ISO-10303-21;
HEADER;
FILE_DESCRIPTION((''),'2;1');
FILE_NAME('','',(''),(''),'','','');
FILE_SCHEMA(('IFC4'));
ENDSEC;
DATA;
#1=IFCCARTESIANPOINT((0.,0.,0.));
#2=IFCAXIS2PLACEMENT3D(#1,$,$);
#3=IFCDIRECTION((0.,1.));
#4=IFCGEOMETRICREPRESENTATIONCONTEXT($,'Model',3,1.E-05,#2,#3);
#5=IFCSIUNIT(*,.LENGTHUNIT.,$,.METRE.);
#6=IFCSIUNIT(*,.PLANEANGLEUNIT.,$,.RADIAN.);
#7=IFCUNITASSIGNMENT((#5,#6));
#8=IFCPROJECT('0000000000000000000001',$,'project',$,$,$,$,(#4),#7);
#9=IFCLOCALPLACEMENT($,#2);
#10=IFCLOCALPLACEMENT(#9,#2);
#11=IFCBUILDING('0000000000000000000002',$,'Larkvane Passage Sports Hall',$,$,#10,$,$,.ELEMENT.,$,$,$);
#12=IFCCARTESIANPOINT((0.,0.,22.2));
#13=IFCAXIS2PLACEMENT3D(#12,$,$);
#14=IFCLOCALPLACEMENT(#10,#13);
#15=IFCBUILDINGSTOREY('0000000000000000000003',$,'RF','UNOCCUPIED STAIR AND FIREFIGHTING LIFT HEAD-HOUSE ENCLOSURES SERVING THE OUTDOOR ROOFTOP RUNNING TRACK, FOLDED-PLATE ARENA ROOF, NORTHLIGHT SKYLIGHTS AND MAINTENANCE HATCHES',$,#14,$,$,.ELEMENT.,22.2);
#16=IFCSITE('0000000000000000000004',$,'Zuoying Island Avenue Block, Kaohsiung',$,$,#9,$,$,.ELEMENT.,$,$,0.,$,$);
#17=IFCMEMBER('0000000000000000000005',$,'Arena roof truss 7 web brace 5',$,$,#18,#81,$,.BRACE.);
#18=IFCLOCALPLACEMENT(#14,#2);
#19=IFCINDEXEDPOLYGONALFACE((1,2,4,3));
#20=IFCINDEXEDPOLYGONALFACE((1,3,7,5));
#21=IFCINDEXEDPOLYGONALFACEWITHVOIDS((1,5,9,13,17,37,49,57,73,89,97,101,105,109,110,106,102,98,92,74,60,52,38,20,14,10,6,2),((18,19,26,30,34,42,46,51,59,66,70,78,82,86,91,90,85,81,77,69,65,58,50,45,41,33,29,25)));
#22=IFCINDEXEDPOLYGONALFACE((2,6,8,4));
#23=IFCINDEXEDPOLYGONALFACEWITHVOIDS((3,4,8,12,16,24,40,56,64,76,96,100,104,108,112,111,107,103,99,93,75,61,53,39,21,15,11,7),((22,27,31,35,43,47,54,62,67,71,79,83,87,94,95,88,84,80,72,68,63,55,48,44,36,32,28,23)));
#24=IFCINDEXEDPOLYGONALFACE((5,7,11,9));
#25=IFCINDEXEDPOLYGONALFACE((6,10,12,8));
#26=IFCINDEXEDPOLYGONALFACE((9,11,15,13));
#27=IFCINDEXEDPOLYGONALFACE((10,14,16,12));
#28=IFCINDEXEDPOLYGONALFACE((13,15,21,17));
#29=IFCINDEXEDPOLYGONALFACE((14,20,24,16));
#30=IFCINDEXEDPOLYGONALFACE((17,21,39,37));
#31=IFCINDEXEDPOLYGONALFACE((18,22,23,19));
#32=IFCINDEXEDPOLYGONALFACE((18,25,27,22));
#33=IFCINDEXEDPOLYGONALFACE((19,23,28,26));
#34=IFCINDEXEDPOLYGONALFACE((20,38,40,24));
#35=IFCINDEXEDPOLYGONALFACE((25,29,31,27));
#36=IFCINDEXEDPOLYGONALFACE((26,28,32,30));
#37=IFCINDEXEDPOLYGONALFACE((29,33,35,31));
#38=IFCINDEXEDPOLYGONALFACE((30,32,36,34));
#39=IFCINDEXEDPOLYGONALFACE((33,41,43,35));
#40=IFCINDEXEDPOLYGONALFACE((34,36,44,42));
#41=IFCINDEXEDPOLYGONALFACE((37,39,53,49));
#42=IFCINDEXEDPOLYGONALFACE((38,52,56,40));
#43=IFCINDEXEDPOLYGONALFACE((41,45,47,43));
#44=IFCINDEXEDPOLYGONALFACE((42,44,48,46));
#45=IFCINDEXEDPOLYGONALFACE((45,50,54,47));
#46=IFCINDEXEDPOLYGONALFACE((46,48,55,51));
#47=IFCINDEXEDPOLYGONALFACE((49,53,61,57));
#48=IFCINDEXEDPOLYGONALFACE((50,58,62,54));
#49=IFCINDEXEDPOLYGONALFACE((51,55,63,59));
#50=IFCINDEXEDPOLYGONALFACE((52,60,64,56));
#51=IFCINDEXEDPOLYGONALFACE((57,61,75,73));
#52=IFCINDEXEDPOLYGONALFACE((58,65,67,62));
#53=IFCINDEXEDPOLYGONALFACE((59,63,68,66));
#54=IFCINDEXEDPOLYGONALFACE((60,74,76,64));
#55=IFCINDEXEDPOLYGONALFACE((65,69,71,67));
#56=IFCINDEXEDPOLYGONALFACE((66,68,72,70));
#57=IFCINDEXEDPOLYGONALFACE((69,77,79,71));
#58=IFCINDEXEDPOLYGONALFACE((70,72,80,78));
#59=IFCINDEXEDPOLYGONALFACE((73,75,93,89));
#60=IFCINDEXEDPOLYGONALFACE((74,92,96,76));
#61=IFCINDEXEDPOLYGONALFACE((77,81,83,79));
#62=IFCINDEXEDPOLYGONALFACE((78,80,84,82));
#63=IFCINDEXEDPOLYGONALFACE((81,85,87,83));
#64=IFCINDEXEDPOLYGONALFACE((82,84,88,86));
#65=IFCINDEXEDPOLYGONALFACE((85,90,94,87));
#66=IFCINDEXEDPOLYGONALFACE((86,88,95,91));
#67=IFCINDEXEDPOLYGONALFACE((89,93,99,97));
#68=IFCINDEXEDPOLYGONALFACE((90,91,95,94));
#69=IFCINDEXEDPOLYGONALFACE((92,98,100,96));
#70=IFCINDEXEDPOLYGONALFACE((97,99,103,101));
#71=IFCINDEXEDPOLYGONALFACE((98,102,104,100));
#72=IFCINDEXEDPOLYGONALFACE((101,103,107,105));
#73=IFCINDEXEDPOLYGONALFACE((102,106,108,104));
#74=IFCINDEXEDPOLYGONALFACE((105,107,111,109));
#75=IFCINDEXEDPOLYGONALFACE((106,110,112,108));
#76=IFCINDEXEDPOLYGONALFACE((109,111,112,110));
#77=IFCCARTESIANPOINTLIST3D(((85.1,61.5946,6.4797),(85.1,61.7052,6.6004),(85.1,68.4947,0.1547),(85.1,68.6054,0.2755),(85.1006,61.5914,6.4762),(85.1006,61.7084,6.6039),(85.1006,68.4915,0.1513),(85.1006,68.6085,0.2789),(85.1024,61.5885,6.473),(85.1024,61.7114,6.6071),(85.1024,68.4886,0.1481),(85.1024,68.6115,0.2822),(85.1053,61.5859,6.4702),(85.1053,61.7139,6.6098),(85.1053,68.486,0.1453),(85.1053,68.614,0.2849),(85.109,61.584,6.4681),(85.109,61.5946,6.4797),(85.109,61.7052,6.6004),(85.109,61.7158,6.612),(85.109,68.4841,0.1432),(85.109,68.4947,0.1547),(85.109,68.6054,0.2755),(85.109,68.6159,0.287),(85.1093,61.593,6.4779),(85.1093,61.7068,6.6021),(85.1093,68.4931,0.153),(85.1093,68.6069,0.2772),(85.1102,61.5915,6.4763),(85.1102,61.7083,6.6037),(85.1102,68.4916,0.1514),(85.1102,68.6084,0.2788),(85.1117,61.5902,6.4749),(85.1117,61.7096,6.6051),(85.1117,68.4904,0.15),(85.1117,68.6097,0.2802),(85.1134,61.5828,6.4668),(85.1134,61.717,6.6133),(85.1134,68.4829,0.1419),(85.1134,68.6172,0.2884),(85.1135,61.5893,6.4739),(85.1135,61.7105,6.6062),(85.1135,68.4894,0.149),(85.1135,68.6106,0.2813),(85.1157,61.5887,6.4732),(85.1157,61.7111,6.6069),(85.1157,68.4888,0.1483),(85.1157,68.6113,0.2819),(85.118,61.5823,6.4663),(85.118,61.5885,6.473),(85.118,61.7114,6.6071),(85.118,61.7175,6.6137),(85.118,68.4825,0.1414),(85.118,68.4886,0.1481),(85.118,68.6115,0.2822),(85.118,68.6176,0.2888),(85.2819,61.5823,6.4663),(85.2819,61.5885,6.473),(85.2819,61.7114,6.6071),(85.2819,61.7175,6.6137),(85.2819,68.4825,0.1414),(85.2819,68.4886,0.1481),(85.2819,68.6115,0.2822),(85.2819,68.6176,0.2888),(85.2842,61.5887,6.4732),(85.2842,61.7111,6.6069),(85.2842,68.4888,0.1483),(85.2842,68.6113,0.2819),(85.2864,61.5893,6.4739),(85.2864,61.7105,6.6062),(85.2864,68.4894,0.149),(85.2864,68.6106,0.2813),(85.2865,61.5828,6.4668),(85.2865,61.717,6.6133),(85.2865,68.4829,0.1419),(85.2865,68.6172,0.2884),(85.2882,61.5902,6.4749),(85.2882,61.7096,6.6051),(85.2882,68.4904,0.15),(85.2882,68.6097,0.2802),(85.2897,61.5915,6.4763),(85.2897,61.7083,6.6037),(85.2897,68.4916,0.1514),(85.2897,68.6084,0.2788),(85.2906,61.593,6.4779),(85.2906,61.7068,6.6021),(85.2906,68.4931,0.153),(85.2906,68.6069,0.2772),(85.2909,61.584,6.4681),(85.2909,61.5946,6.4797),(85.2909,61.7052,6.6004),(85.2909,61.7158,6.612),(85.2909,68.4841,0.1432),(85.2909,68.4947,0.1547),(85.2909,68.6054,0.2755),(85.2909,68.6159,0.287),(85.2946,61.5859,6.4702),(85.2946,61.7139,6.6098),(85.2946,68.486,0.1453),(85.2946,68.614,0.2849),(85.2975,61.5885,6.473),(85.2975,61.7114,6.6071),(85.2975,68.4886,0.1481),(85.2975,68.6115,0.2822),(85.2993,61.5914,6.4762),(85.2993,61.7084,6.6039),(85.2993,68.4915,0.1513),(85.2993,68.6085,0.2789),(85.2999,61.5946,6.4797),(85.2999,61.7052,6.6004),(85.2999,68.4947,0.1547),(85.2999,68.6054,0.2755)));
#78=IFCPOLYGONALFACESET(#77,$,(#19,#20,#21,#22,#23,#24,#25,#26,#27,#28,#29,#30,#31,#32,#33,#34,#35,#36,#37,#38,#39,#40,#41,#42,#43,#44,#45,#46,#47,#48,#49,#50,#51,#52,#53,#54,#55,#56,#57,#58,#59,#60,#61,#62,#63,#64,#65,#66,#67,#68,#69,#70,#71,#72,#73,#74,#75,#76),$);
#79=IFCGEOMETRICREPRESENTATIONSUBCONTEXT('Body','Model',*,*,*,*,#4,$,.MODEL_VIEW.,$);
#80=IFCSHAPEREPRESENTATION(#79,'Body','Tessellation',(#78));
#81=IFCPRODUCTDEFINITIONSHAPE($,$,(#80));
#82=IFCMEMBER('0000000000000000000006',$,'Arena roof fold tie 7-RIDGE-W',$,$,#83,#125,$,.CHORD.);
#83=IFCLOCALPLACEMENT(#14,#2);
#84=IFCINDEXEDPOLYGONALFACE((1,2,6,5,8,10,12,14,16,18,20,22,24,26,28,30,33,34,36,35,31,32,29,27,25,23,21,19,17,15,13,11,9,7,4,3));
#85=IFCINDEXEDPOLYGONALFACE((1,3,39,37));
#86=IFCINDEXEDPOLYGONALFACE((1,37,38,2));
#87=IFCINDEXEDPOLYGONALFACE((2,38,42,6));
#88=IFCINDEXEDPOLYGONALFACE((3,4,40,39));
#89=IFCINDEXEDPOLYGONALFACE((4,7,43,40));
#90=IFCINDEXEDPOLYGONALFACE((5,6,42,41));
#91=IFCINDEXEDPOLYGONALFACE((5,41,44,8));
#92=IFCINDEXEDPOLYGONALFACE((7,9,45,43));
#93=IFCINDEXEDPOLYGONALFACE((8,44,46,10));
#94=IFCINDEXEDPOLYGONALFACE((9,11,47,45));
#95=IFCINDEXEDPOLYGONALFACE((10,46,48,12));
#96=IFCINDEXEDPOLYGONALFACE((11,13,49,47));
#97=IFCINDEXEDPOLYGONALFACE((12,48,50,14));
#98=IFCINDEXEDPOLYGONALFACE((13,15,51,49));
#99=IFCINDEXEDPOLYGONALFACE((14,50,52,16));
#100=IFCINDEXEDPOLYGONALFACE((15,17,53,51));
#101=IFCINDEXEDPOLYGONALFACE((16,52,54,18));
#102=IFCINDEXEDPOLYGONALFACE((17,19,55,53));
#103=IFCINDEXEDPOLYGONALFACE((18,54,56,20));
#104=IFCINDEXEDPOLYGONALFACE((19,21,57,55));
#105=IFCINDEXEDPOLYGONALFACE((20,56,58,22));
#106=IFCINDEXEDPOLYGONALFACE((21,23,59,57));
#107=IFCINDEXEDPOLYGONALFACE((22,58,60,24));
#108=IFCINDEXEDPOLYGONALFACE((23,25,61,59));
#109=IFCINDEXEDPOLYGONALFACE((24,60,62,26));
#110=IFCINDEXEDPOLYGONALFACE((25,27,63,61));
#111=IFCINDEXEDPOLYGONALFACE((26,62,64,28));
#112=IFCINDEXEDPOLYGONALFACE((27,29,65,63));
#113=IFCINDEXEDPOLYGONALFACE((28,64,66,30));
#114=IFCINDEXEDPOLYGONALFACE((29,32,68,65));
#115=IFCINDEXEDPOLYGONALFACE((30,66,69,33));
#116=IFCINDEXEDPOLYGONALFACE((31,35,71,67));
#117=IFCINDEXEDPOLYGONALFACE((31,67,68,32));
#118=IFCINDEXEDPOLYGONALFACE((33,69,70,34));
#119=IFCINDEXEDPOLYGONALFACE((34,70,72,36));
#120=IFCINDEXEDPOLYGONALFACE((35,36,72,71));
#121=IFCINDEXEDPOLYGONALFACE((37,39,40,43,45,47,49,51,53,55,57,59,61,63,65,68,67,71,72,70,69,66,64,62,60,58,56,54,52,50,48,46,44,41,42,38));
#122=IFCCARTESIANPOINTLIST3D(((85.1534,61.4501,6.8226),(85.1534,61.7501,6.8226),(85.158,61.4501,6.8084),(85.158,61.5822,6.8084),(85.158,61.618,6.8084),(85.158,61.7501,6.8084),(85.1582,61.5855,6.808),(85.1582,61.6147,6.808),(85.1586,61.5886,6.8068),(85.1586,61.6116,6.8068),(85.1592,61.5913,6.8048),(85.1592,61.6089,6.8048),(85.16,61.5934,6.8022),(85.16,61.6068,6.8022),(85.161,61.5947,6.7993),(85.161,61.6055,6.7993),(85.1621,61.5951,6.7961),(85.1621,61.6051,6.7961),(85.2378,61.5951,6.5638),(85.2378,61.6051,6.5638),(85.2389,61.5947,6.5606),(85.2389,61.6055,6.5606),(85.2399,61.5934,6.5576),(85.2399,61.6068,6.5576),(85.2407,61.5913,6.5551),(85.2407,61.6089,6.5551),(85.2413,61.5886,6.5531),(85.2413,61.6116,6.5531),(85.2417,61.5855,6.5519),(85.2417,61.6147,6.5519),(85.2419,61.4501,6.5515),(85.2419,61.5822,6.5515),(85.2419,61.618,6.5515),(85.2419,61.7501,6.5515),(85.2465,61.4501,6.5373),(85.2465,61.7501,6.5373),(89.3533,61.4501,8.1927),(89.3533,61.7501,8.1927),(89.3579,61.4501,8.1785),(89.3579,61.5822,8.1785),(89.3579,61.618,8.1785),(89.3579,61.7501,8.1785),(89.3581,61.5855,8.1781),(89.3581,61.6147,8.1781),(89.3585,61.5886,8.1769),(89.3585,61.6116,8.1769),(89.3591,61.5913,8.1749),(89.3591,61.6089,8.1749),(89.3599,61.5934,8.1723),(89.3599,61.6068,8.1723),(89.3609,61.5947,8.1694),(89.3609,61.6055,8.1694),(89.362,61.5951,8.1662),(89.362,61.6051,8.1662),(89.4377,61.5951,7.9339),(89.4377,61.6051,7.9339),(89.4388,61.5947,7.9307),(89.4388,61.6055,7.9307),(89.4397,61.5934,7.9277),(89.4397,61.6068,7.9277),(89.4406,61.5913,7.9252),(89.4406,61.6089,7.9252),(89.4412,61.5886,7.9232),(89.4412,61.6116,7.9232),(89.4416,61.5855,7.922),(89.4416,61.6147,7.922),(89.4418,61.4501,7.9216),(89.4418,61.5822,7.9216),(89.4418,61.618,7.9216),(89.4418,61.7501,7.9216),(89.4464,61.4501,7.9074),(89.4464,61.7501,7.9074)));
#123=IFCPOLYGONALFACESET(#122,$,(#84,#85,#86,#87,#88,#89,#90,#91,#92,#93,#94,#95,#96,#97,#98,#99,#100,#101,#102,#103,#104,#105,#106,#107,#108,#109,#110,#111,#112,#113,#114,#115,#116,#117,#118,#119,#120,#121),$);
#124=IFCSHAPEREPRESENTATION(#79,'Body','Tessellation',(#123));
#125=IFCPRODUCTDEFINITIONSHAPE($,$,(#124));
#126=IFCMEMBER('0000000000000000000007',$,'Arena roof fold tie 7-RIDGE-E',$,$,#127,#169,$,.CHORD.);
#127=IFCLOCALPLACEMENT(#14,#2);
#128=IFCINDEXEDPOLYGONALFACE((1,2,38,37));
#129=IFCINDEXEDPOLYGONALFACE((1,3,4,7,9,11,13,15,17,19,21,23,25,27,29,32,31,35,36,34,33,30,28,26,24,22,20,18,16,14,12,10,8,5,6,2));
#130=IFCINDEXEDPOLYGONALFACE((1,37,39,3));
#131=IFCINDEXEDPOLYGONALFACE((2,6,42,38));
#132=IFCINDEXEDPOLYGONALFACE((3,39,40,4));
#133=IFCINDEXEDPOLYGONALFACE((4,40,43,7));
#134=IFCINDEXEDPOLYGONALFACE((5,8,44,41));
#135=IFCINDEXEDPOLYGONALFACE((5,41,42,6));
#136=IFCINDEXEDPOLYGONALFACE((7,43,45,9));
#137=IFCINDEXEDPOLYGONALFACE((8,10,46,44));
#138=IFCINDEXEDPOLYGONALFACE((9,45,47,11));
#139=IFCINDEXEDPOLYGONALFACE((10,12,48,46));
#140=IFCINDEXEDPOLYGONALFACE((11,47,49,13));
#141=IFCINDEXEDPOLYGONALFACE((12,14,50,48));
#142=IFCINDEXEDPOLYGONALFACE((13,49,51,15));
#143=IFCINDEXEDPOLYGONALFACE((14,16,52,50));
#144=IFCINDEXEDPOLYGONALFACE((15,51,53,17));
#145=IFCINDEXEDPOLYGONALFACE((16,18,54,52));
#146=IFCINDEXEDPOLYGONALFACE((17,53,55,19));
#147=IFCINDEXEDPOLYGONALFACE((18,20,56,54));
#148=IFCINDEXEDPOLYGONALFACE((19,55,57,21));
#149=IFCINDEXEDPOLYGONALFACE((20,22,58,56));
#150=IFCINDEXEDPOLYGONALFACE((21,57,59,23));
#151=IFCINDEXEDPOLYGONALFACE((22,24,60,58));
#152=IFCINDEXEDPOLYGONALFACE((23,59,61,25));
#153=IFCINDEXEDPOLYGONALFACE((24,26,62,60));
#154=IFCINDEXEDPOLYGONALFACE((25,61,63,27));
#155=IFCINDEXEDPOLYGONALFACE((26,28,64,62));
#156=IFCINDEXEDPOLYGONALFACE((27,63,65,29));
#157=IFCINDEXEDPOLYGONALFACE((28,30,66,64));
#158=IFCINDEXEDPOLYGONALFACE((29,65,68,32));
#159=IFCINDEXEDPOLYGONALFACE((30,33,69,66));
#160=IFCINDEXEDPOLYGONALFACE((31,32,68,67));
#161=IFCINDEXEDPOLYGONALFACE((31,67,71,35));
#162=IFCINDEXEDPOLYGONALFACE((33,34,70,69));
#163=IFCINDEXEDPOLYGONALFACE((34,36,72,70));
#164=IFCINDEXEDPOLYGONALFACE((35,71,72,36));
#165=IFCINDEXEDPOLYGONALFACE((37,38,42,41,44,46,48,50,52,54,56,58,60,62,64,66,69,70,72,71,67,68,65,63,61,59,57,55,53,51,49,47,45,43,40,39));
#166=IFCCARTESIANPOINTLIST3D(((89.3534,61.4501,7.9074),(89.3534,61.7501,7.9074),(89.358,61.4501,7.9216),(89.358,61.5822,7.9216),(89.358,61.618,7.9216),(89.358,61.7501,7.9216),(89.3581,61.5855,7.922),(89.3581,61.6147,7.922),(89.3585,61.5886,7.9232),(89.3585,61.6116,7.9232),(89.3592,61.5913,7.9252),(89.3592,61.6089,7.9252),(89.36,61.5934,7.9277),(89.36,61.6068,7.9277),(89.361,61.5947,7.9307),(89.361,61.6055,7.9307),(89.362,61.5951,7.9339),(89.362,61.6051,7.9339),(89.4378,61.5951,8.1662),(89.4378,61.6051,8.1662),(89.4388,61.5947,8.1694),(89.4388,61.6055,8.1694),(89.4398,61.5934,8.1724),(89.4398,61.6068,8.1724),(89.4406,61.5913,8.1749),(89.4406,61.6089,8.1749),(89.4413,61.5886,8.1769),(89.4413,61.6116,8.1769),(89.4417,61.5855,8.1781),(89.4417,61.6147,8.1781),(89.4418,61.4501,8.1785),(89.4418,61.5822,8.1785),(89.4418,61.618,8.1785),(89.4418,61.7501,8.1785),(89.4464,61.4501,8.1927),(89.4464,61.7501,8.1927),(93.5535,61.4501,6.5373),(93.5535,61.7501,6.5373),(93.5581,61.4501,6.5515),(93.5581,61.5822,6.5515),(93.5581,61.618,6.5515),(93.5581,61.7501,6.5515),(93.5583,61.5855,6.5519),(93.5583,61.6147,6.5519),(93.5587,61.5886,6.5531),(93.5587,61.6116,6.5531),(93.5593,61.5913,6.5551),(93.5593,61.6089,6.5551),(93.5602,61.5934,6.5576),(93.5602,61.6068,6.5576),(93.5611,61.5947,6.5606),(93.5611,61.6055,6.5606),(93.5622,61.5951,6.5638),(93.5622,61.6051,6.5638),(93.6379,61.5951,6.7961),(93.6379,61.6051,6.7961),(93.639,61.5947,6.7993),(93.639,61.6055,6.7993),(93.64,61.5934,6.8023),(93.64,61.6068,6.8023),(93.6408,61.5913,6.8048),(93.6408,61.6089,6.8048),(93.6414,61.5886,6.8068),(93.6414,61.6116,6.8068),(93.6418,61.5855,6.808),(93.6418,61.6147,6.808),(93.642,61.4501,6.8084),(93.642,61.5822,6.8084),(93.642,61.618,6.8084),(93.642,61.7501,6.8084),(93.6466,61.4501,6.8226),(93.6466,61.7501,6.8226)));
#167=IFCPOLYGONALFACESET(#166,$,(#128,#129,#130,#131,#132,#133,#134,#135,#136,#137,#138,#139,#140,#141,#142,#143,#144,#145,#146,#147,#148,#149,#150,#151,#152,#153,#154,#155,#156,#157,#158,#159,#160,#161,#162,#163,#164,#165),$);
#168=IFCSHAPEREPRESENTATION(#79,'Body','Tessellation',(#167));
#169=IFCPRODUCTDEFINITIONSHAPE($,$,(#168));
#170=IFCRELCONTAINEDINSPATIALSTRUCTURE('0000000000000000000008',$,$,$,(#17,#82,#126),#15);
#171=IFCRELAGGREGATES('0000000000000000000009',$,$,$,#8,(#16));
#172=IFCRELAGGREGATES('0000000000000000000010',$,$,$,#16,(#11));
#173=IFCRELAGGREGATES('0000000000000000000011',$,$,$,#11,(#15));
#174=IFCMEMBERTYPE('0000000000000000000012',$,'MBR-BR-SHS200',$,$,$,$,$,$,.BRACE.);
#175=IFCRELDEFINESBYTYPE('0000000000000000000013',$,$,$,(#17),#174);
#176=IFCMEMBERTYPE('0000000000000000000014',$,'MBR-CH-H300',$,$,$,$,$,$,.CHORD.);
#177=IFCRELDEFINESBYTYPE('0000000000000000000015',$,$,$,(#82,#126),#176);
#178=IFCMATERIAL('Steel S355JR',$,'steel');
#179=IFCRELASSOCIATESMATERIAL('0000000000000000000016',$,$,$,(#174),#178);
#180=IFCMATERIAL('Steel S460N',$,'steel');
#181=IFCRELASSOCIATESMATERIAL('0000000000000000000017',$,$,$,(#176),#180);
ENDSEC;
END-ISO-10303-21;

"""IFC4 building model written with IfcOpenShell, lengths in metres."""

from ifc_helpers import new_model, si_unit, direction, frame, origin, origin_2d, place, context, subcontext, project, spatial, hollow_rectangle, i_section, extrude, material, material_profile, profile_set, type_object, element, save


model = new_model("IFC4")

# Units and contexts
model_context = context("Model", 3, precision=1e-05, world=origin(), true_north=direction((0.0, 1.0)))
body_context = subcontext(model_context, "Body", "Model", "MODEL_VIEW")
ifc_project = project(units=[si_unit("LENGTHUNIT", "METRE"), si_unit("PLANEANGLEUNIT", "RADIAN")], contexts=[model_context])

# Site, building, storey
site_placement = place(None, origin())
site = spatial("IfcSite", under=ifc_project, at=site_placement, Name="Zuoying Island Avenue Block, Kaohsiung", CompositionType="ELEMENT", RefElevation=0.0)
building_placement = place(site_placement, origin())
building = spatial("IfcBuilding", under=site, at=building_placement, Name="Larkvane Passage Sports Hall", CompositionType="ELEMENT")
storey_placement = place(building_placement, frame((0.0, 0.0, 22.2)))
storey = spatial("IfcBuildingStorey", under=building, at=storey_placement, Name="RF", Description="UNOCCUPIED STAIR AND FIREFIGHTING LIFT HEAD-HOUSE ENCLOSURES SERVING THE OUTDOOR ROOFTOP RUNNING TRACK, FOLDED-PLATE ARENA ROOF, NORTHLIGHT SKYLIGHTS AND MAINTENANCE HATCHES", CompositionType="ELEMENT", Elevation=22.2)

# Members
ifc_material_1 = material(Name="Steel S355JR", Category="steel")
ifc_material_profile_1 = material_profile(ifc_material_1, hollow_rectangle(XDim=0.2, YDim=0.2, WallThickness=0.009, InnerFilletRadius=0.009, OuterFilletRadius=0.0181, at=origin_2d()), Name="SHS-200x200x9")
ifc_profile_set_1 = profile_set([ifc_material_profile_1], Name="Steel S355JR")
member_type_1 = type_object("IfcMemberType", Name="MBR-BR-SHS200", PredefinedType="BRACE", material=ifc_profile_set_1)
member_1_placement = place(storey_placement, frame((85.2, 61.6499, 6.54), z_axis=(0.0, 0.737164, -0.675714), x_axis=(-1.0, 0.0, 0.0)))
element("IfcMember", 1, at=member_1_placement, inside=storey, type_object=member_type_1, Name="Arena roof truss 7 web brace 5", PredefinedType="BRACE", context=body_context, shape_type="SweptSolid", body=[
    extrude(hollow_rectangle(XDim=0.2, YDim=0.2, WallThickness=0.009, InnerFilletRadius=0.009, OuterFilletRadius=0.0181, at=origin_2d()), origin(), (0.0, 0.0, 1.0), 9.3604),
])
ifc_material_2 = material(Name="Steel S460N", Category="steel")
ifc_material_profile_2 = material_profile(ifc_material_2, i_section(OverallWidth=0.3, OverallDepth=0.3, WebThickness=0.01, FlangeThickness=0.0149, FilletRadius=0.0129, at=origin_2d()), Name="H-300x300x10x15")
ifc_profile_set_2 = profile_set([ifc_material_profile_2], Name="Steel S460N")
member_type_2 = type_object("IfcMemberType", Name="MBR-CH-H300", PredefinedType="CHORD", material=ifc_profile_set_2)
member_2_placement = place(storey_placement, frame((85.2, 61.6001, 6.6799), z_axis=(0.950692, 0.0, 0.310137), x_axis=(0.0, 1.0, 0.0)))
element("IfcMember", 2, at=member_2_placement, inside=storey, type_object=member_type_2, Name="Arena roof fold tie 7-RIDGE-W", PredefinedType="CHORD", context=body_context, shape_type="SweptSolid", body=[
    extrude(i_section(OverallWidth=0.3, OverallDepth=0.3, WebThickness=0.01, FlangeThickness=0.0149, FilletRadius=0.0129, at=origin_2d()), origin(), (0.0, 0.0, 1.0), 4.4177),
])
member_3_placement = place(storey_placement, frame((89.3999, 61.6001, 8.05), z_axis=(0.950697, 0.0, -0.31012), x_axis=(0.0, 1.0, 0.0)))
element("IfcMember", 3, at=member_3_placement, inside=storey, type_object=member_type_2, Name="Arena roof fold tie 7-RIDGE-E", PredefinedType="CHORD", context=body_context, shape_type="SweptSolid", body=[
    extrude(i_section(OverallWidth=0.3, OverallDepth=0.3, WebThickness=0.01, FlangeThickness=0.0149, FilletRadius=0.0129, at=origin_2d()), origin(), (0.0, 0.0, 1.0), 4.418),
])

save(model, "model.ifc")
